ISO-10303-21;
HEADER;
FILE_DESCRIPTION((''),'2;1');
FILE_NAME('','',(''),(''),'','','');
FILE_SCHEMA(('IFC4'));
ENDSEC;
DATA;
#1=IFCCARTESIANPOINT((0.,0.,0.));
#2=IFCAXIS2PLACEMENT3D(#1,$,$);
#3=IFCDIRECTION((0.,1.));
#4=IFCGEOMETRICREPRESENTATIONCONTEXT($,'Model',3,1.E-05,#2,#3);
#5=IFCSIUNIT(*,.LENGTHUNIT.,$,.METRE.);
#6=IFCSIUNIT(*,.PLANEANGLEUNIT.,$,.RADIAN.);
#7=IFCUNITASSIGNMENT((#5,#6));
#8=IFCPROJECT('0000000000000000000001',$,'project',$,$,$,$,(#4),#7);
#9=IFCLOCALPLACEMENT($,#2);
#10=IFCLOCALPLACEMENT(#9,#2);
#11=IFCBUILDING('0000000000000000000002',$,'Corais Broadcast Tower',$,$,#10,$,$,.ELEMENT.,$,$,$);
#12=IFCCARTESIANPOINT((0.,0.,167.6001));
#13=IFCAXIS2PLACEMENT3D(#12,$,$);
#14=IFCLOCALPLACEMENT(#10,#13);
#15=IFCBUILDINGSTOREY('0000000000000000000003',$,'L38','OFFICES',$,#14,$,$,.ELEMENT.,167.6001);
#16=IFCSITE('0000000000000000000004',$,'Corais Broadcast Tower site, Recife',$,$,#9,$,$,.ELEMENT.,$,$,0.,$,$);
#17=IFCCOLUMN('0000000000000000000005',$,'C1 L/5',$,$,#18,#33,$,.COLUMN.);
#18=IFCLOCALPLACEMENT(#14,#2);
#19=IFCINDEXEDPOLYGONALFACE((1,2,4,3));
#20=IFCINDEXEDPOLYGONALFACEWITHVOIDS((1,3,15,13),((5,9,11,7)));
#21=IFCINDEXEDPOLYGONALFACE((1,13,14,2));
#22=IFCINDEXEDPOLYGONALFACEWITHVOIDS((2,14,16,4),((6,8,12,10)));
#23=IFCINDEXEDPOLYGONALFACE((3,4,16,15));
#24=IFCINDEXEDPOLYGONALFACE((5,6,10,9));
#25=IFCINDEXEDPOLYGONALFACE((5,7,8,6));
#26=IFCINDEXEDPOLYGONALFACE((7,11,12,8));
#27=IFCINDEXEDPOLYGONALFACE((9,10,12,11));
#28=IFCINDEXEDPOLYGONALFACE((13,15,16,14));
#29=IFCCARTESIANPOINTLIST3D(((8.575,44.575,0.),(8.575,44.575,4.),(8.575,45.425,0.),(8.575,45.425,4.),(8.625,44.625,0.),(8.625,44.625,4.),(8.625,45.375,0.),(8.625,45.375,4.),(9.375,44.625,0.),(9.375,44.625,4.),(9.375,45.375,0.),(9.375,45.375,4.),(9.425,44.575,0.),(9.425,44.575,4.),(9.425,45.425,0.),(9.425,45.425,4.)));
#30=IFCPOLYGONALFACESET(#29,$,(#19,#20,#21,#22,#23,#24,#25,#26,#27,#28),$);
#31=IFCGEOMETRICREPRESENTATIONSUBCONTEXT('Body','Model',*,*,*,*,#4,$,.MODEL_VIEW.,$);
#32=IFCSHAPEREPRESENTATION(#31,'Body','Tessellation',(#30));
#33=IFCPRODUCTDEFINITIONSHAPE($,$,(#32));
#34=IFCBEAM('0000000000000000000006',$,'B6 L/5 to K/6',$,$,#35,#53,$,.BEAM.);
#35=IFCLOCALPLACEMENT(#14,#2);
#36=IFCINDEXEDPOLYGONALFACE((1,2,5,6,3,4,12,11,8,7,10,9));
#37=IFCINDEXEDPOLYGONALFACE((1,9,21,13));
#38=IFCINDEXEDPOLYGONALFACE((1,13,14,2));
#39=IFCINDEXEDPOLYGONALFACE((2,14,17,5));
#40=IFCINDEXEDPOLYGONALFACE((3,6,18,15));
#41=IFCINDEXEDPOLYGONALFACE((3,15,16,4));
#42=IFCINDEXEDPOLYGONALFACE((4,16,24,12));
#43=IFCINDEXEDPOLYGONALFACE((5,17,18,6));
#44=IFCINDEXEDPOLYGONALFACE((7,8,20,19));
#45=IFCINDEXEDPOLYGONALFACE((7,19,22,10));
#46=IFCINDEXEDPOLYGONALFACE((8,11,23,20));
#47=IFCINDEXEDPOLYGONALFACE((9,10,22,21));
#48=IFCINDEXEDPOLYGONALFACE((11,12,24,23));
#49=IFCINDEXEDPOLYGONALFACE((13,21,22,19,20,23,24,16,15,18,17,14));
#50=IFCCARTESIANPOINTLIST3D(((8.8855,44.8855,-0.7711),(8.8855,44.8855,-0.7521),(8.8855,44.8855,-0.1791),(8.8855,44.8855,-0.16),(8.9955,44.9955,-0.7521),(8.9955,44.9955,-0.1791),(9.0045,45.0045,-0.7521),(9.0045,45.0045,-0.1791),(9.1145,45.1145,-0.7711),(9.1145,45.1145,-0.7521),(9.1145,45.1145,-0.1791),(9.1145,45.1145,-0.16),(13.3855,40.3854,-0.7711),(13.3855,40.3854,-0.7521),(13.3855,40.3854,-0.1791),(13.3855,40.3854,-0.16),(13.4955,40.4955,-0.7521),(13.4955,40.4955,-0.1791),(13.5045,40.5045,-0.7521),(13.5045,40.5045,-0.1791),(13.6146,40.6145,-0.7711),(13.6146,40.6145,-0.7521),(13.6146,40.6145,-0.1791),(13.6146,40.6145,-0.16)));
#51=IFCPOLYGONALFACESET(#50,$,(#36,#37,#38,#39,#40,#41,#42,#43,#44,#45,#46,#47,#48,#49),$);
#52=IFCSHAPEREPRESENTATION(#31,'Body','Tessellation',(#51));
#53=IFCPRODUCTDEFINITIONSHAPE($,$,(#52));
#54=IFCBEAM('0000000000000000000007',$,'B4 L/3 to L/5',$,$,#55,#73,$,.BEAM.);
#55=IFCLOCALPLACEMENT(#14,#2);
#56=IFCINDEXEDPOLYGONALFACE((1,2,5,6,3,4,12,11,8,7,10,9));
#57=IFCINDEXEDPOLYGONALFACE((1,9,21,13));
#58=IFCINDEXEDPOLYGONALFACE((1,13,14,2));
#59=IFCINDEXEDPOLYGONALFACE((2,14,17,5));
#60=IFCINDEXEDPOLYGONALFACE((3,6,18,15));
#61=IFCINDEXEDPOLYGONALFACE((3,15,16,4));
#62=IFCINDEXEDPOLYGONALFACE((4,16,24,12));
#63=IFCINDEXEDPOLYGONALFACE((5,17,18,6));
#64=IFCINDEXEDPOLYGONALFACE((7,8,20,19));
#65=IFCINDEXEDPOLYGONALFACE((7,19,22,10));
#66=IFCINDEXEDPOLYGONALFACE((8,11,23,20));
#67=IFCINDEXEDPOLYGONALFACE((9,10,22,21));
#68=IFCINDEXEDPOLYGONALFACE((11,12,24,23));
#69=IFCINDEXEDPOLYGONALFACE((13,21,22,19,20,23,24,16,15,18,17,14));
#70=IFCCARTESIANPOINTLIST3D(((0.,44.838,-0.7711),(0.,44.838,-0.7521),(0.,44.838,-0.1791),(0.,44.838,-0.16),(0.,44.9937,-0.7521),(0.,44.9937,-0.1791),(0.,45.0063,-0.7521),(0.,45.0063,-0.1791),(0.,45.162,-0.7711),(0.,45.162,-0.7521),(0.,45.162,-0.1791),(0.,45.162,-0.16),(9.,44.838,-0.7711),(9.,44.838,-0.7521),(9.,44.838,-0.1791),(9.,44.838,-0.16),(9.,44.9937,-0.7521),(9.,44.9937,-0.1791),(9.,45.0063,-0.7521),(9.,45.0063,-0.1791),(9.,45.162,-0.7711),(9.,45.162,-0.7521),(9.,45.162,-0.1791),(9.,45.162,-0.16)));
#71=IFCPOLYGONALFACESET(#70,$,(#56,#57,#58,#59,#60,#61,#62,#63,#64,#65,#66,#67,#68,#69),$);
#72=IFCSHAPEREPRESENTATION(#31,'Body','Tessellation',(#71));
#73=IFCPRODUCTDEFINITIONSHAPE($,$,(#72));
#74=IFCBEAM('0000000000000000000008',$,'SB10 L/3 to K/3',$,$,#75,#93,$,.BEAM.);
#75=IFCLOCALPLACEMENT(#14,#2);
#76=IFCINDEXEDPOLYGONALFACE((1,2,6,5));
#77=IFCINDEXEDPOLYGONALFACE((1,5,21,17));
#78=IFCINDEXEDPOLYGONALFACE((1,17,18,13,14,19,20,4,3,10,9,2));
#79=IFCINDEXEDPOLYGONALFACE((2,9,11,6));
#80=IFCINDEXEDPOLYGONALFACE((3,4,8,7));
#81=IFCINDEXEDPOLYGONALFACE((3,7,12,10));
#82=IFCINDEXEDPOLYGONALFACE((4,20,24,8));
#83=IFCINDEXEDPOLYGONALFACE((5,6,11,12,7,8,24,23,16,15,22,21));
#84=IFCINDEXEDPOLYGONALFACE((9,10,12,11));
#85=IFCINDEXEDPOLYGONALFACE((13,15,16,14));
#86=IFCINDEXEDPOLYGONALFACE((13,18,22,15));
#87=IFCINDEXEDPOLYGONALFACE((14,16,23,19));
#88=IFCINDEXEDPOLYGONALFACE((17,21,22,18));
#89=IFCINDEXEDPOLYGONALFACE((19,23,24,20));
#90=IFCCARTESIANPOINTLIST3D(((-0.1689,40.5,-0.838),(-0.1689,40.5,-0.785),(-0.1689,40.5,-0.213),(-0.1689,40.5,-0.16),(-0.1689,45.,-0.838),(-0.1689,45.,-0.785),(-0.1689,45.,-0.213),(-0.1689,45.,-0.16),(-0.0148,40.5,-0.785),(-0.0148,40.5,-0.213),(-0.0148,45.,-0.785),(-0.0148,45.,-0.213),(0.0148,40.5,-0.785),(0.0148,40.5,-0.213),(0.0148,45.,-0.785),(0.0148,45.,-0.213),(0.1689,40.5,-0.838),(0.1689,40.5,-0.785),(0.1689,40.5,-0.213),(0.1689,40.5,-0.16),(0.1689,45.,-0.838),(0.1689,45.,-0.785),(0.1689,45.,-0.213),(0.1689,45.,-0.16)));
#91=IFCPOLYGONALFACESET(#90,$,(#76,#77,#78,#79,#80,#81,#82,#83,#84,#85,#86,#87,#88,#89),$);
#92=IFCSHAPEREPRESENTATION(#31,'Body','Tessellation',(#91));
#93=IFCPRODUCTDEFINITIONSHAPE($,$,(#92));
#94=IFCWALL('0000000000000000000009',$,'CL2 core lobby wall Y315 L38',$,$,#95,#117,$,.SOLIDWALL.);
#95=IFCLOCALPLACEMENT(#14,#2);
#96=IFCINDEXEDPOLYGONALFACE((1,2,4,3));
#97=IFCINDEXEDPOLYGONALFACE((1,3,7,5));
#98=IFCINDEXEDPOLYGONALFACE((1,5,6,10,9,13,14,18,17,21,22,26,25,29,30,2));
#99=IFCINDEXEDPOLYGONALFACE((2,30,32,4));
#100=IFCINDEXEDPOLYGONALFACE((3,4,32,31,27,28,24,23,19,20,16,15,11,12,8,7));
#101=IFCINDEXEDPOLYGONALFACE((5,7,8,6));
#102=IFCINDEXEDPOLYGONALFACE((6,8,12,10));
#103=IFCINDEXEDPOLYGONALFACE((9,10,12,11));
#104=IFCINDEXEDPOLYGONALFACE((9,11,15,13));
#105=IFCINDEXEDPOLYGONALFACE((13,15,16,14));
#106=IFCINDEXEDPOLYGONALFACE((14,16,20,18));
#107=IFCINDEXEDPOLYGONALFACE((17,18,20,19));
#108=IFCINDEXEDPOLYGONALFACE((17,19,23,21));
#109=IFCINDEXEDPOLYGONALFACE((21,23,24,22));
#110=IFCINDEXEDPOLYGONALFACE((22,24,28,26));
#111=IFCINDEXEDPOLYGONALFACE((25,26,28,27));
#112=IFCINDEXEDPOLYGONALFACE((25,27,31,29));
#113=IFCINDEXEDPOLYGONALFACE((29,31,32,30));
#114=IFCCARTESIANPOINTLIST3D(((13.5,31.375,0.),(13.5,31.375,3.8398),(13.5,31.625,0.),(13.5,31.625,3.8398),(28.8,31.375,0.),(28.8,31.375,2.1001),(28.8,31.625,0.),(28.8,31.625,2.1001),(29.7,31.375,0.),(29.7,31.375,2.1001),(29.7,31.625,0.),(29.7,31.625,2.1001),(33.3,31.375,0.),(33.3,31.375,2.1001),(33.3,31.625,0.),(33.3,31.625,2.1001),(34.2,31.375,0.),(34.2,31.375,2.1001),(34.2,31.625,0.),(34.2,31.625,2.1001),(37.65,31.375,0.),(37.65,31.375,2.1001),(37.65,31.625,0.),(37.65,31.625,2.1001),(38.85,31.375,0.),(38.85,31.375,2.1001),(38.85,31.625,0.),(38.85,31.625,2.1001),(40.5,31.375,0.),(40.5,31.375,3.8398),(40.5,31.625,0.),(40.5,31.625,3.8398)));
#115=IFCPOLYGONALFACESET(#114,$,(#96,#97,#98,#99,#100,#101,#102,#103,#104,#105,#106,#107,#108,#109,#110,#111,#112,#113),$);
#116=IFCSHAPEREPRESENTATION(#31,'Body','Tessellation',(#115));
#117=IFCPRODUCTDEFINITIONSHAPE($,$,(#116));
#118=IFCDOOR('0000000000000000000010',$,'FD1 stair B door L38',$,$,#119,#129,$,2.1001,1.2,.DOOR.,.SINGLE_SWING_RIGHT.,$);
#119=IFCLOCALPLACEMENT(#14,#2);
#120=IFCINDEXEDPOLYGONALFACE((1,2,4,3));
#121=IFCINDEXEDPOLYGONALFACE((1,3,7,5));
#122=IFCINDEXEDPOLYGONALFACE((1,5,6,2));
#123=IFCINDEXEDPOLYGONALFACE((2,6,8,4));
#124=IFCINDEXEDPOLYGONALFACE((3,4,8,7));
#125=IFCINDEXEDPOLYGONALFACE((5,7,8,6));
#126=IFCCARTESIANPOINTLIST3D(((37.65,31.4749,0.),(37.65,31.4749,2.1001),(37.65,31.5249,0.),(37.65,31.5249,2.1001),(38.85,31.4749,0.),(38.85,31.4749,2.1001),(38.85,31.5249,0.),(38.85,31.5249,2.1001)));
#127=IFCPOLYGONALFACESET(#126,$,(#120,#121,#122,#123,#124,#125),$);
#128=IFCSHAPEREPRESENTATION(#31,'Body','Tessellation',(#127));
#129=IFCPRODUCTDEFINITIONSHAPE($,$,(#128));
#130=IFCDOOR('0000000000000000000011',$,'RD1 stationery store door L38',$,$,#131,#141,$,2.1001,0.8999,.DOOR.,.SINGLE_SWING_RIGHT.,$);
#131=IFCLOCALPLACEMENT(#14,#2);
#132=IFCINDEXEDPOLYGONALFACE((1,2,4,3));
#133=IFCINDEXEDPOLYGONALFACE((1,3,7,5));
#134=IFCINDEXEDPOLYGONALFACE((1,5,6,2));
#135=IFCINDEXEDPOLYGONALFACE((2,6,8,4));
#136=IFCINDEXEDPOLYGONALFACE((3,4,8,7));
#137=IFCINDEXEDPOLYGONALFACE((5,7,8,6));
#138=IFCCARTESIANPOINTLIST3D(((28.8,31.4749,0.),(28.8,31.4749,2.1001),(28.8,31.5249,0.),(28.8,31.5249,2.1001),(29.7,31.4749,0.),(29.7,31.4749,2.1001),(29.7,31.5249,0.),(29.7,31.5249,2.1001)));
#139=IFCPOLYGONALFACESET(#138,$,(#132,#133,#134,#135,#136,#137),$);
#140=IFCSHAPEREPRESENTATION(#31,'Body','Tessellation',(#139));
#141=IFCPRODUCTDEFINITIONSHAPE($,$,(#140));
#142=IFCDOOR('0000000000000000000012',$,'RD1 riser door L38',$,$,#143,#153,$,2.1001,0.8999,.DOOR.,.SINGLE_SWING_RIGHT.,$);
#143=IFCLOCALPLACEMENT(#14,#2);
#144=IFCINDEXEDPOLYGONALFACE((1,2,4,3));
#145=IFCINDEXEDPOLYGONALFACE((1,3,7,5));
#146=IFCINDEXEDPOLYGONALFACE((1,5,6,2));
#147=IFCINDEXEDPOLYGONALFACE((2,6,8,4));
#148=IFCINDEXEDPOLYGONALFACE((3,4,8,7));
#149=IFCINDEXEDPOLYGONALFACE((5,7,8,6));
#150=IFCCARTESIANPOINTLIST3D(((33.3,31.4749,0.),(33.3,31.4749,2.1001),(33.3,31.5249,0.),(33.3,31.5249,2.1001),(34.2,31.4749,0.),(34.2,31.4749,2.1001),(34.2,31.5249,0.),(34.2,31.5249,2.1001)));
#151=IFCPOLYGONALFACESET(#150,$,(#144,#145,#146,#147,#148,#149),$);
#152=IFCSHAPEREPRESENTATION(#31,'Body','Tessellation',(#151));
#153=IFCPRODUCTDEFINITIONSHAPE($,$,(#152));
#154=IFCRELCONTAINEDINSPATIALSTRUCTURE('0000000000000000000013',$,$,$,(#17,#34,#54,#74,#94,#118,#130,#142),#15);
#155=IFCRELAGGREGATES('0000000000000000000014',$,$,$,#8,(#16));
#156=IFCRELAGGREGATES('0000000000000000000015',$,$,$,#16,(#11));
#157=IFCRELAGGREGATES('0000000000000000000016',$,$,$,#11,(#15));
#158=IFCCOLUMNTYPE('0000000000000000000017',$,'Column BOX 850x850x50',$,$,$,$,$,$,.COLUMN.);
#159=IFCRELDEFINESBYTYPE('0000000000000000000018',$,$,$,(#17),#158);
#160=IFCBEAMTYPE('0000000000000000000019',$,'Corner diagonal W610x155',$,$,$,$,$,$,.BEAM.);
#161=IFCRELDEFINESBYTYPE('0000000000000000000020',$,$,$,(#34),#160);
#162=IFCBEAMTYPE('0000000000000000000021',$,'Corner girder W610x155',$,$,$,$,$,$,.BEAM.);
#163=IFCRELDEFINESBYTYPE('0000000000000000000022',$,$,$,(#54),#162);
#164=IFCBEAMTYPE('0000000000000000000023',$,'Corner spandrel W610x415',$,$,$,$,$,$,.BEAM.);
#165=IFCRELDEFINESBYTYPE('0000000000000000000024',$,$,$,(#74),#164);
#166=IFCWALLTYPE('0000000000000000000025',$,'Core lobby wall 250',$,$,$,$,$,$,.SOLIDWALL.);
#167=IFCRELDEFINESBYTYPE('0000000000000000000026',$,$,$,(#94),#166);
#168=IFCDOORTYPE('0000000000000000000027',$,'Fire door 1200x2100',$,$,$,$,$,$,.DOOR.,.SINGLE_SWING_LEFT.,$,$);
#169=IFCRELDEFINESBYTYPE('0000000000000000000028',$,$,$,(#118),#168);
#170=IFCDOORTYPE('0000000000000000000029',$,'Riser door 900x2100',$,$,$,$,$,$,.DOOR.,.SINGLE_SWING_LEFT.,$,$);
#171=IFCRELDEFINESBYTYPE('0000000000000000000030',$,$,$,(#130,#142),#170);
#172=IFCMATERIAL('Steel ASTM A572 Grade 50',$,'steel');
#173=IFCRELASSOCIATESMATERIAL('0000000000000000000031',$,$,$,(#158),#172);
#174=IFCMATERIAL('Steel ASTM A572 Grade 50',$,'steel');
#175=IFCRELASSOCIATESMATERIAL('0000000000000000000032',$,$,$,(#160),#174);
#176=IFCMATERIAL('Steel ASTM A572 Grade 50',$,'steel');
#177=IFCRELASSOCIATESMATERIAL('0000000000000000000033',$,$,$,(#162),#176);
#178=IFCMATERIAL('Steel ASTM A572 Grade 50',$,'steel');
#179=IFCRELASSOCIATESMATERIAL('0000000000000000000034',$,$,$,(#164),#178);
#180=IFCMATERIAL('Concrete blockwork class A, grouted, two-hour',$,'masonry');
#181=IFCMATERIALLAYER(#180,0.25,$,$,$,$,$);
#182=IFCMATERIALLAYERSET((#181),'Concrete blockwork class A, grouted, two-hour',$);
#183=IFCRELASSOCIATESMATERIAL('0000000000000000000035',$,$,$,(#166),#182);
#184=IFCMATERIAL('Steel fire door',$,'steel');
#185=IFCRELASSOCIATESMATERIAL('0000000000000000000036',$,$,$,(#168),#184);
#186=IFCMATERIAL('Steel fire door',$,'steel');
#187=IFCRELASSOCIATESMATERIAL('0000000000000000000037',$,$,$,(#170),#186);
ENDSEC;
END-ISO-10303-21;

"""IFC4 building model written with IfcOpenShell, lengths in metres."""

from ifc_helpers import new_model, si_unit, direction, frame, frame_2d, origin, origin_2d, place, context, subcontext, project, spatial, rectangle, hollow_rectangle, i_section, extrude, material, layer, layer_set, material_profile, profile_set, type_object, element, fill, save


model = new_model("IFC4")

# Units and contexts
model_context = context("Model", 3, precision=1e-05, world=origin(), true_north=direction((0.0, 1.0)))
body_context = subcontext(model_context, "Body", "Model", "MODEL_VIEW")
ifc_project = project(units=[si_unit("LENGTHUNIT", "METRE"), si_unit("PLANEANGLEUNIT", "RADIAN")], contexts=[model_context])

# Site, building, storey
site_placement = place(None, origin())
site = spatial("IfcSite", under=ifc_project, at=site_placement, Name="Corais Broadcast Tower site, Recife", CompositionType="ELEMENT", RefElevation=0.0)
building_placement = place(site_placement, origin())
building = spatial("IfcBuilding", under=site, at=building_placement, Name="Corais Broadcast Tower", CompositionType="ELEMENT")
storey_placement = place(building_placement, frame((0.0, 0.0, 167.6001)))
storey = spatial("IfcBuildingStorey", under=building, at=storey_placement, Name="L38", Description="OFFICES", CompositionType="ELEMENT", Elevation=167.6001)

# Column
ifc_material_1 = material(Name="Steel ASTM A572 Grade 50", Category="steel")
ifc_material_profile_1 = material_profile(ifc_material_1, hollow_rectangle(XDim=0.8501, YDim=0.8501, WallThickness=0.05, at=origin_2d()), Name="BOX 850x850x50")
ifc_profile_set_1 = profile_set([ifc_material_profile_1], Name="Steel ASTM A572 Grade 50")
column_type = type_object("IfcColumnType", Name="Column BOX 850x850x50", PredefinedType="COLUMN", material=ifc_profile_set_1)
column_placement = place(storey_placement, frame((9.0, 45.0, 0.0), z_axis=(0.0, 0.0, 1.0), x_axis=(1.0, 0.0, 0.0)))
element("IfcColumn", 1, at=column_placement, inside=storey, type_object=column_type, Name="C1 L/5", PredefinedType="COLUMN", context=body_context, shape_type="SweptSolid", body=[
    extrude(hollow_rectangle(XDim=0.8501, YDim=0.8501, WallThickness=0.05, at=origin_2d()), origin(), (0.0, 0.0, 1.0), 4.0),
])

# Beams
ifc_material_2 = material(Name="Steel ASTM A572 Grade 50", Category="steel")
ifc_material_profile_2 = material_profile(ifc_material_2, i_section(OverallWidth=0.324, OverallDepth=0.6111, WebThickness=0.0127, FlangeThickness=0.019, at=origin_2d()), Name="W610x155")
ifc_profile_set_2 = profile_set([ifc_material_profile_2], Name="Steel ASTM A572 Grade 50")
beam_type_1 = type_object("IfcBeamType", Name="Corner diagonal W610x155", PredefinedType="BEAM", material=ifc_profile_set_2)
beam_1_placement = place(storey_placement, frame((9.0, 45.0, -0.4656), z_axis=(0.707107, -0.707107, 0.0), x_axis=(0.707107, 0.707107, 0.0)))
element("IfcBeam", 2, at=beam_1_placement, inside=storey, type_object=beam_type_1, Name="B6 L/5 to K/6", PredefinedType="BEAM", context=body_context, shape_type="SweptSolid", body=[
    extrude(i_section(OverallWidth=0.324, OverallDepth=0.6111, WebThickness=0.0127, FlangeThickness=0.019, at=origin_2d()), origin(), (0.0, 0.0, 1.0), 6.364),
])
ifc_material_3 = material(Name="Steel ASTM A572 Grade 50", Category="steel")
ifc_material_profile_3 = material_profile(ifc_material_3, i_section(OverallWidth=0.324, OverallDepth=0.6111, WebThickness=0.0127, FlangeThickness=0.019, at=origin_2d()), Name="W610x155")
ifc_profile_set_3 = profile_set([ifc_material_profile_3], Name="Steel ASTM A572 Grade 50")
beam_type_2 = type_object("IfcBeamType", Name="Corner girder W610x155", PredefinedType="BEAM", material=ifc_profile_set_3)
beam_2_placement = place(storey_placement, frame((0.0, 45.0, -0.4656), z_axis=(1.0, 0.0, 0.0), x_axis=(0.0, 1.0, 0.0)))
element("IfcBeam", 3, at=beam_2_placement, inside=storey, type_object=beam_type_2, Name="B4 L/3 to L/5", PredefinedType="BEAM", context=body_context, shape_type="SweptSolid", body=[
    extrude(i_section(OverallWidth=0.324, OverallDepth=0.6111, WebThickness=0.0127, FlangeThickness=0.019, at=origin_2d()), origin(), (0.0, 0.0, 1.0), 9.0),
])
ifc_material_4 = material(Name="Steel ASTM A572 Grade 50", Category="steel")
ifc_material_profile_4 = material_profile(ifc_material_4, i_section(OverallWidth=0.3379, OverallDepth=0.678, WebThickness=0.0295, FlangeThickness=0.053, at=origin_2d()), Name="W610x415")
ifc_profile_set_4 = profile_set([ifc_material_profile_4], Name="Steel ASTM A572 Grade 50")
beam_type_3 = type_object("IfcBeamType", Name="Corner spandrel W610x415", PredefinedType="BEAM", material=ifc_profile_set_4)
beam_3_placement = place(storey_placement, frame((0.0, 45.0, -0.499), z_axis=(0.0, -1.0, 0.0), x_axis=(1.0, 0.0, 0.0)))
element("IfcBeam", 4, at=beam_3_placement, inside=storey, type_object=beam_type_3, Name="SB10 L/3 to K/3", PredefinedType="BEAM", context=body_context, shape_type="SweptSolid", body=[
    extrude(i_section(OverallWidth=0.3379, OverallDepth=0.678, WebThickness=0.0295, FlangeThickness=0.053, at=origin_2d()), origin(), (0.0, 0.0, 1.0), 4.5),
])

# Wall, openings, doors
ifc_material_5 = material(Name="Concrete blockwork class A, grouted, two-hour", Category="masonry")
ifc_layer_1 = layer(ifc_material_5, 0.25)
ifc_layer_set_1 = layer_set([ifc_layer_1], Name="Concrete blockwork class A, grouted, two-hour")
wall_type_1 = type_object("IfcWallType", Name="Core lobby wall 250", PredefinedType="SOLIDWALL", material=ifc_layer_set_1)
wall_1_placement = place(storey_placement, frame((13.5, 31.5, 0.0), z_axis=(0.0, 0.0, 1.0), x_axis=(1.0, 0.0, 0.0)))
wall_1 = element("IfcWall", 5, at=wall_1_placement, inside=storey, type_object=wall_type_1, Name="CL2 core lobby wall Y315 L38", PredefinedType="SOLIDWALL", context=body_context, shape_type="SweptSolid", body=[
    extrude(rectangle(XDim=27.0, YDim=0.25, at=frame_2d((13.5, 0.0))), origin(), (0.0, 0.0, 1.0), 3.8398),
])
opening_1_placement = place(wall_1_placement, frame((24.1499, 0.0, 0.0)))
opening_1 = element("IfcOpeningElement", 6, at=opening_1_placement, cuts=wall_1, PredefinedType="OPENING", context=body_context, shape_type="SweptSolid", body=[
    extrude(rectangle(XDim=1.2, YDim=2.1001, at=frame_2d((0.6001, 1.05))), frame((0.0, 0.135, 0.0), z_axis=(0.0, -1.0, 0.0), x_axis=(1.0, 0.0, 0.0)), (0.0, 0.0, 1.0), 0.27),
])
opening_2_placement = place(wall_1_placement, frame((15.3, 0.0, 0.0)))
opening_2 = element("IfcOpeningElement", 7, at=opening_2_placement, cuts=wall_1, PredefinedType="OPENING", context=body_context, shape_type="SweptSolid", body=[
    extrude(rectangle(XDim=0.8999, YDim=2.1001, at=frame_2d((0.45, 1.05))), frame((0.0, 0.135, 0.0), z_axis=(0.0, -1.0, 0.0), x_axis=(1.0, 0.0, 0.0)), (0.0, 0.0, 1.0), 0.27),
])
opening_3_placement = place(wall_1_placement, frame((19.8, 0.0, 0.0)))
opening_3 = element("IfcOpeningElement", 8, at=opening_3_placement, cuts=wall_1, PredefinedType="OPENING", context=body_context, shape_type="SweptSolid", body=[
    extrude(rectangle(XDim=0.8999, YDim=2.1001, at=frame_2d((0.45, 1.05))), frame((0.0, 0.135, 0.0), z_axis=(0.0, -1.0, 0.0), x_axis=(1.0, 0.0, 0.0)), (0.0, 0.0, 1.0), 0.27),
])
ifc_material_6 = material(Name="Steel fire door", Category="steel")
door_type_1 = type_object("IfcDoorType", Name="Fire door 1200x2100", OperationType="SINGLE_SWING_LEFT", PredefinedType="DOOR", material=ifc_material_6)
door_1_placement = place(opening_1_placement, origin())
door_1 = element("IfcDoor", 9, at=door_1_placement, inside=storey, type_object=door_type_1, Name="FD1 stair B door L38", OperationType="SINGLE_SWING_RIGHT", OverallHeight=2.1001, OverallWidth=1.2, PredefinedType="DOOR", context=body_context, shape_type="SweptSolid", body=[
    extrude(rectangle(XDim=1.2, YDim=2.1001, at=frame_2d((0.6001, 1.05))), frame((0.0, 0.0249, 0.0), z_axis=(0.0, -1.0, 0.0), x_axis=(1.0, 0.0, 0.0)), (0.0, 0.0, 1.0), 0.05),
])
fill(opening_1, door_1)
ifc_material_7 = material(Name="Steel fire door", Category="steel")
door_type_2 = type_object("IfcDoorType", Name="Riser door 900x2100", OperationType="SINGLE_SWING_LEFT", PredefinedType="DOOR", material=ifc_material_7)
door_2_placement = place(opening_2_placement, origin())
door_2 = element("IfcDoor", 10, at=door_2_placement, inside=storey, type_object=door_type_2, Name="RD1 stationery store door L38", OperationType="SINGLE_SWING_RIGHT", OverallHeight=2.1001, OverallWidth=0.8999, PredefinedType="DOOR", context=body_context, shape_type="SweptSolid", body=[
    extrude(rectangle(XDim=0.8999, YDim=2.1001, at=frame_2d((0.45, 1.05))), frame((0.0, 0.0249, 0.0), z_axis=(0.0, -1.0, 0.0), x_axis=(1.0, 0.0, 0.0)), (0.0, 0.0, 1.0), 0.05),
])
fill(opening_2, door_2)
door_3_placement = place(opening_3_placement, origin())
door_3 = element("IfcDoor", 11, at=door_3_placement, inside=storey, type_object=door_type_2, Name="RD1 riser door L38", OperationType="SINGLE_SWING_RIGHT", OverallHeight=2.1001, OverallWidth=0.8999, PredefinedType="DOOR", context=body_context, shape_type="SweptSolid", body=[
    extrude(rectangle(XDim=0.8999, YDim=2.1001, at=frame_2d((0.45, 1.05))), frame((0.0, 0.0249, 0.0), z_axis=(0.0, -1.0, 0.0), x_axis=(1.0, 0.0, 0.0)), (0.0, 0.0, 1.0), 0.05),
])
fill(opening_3, door_3)

save(model, "model.ifc")
